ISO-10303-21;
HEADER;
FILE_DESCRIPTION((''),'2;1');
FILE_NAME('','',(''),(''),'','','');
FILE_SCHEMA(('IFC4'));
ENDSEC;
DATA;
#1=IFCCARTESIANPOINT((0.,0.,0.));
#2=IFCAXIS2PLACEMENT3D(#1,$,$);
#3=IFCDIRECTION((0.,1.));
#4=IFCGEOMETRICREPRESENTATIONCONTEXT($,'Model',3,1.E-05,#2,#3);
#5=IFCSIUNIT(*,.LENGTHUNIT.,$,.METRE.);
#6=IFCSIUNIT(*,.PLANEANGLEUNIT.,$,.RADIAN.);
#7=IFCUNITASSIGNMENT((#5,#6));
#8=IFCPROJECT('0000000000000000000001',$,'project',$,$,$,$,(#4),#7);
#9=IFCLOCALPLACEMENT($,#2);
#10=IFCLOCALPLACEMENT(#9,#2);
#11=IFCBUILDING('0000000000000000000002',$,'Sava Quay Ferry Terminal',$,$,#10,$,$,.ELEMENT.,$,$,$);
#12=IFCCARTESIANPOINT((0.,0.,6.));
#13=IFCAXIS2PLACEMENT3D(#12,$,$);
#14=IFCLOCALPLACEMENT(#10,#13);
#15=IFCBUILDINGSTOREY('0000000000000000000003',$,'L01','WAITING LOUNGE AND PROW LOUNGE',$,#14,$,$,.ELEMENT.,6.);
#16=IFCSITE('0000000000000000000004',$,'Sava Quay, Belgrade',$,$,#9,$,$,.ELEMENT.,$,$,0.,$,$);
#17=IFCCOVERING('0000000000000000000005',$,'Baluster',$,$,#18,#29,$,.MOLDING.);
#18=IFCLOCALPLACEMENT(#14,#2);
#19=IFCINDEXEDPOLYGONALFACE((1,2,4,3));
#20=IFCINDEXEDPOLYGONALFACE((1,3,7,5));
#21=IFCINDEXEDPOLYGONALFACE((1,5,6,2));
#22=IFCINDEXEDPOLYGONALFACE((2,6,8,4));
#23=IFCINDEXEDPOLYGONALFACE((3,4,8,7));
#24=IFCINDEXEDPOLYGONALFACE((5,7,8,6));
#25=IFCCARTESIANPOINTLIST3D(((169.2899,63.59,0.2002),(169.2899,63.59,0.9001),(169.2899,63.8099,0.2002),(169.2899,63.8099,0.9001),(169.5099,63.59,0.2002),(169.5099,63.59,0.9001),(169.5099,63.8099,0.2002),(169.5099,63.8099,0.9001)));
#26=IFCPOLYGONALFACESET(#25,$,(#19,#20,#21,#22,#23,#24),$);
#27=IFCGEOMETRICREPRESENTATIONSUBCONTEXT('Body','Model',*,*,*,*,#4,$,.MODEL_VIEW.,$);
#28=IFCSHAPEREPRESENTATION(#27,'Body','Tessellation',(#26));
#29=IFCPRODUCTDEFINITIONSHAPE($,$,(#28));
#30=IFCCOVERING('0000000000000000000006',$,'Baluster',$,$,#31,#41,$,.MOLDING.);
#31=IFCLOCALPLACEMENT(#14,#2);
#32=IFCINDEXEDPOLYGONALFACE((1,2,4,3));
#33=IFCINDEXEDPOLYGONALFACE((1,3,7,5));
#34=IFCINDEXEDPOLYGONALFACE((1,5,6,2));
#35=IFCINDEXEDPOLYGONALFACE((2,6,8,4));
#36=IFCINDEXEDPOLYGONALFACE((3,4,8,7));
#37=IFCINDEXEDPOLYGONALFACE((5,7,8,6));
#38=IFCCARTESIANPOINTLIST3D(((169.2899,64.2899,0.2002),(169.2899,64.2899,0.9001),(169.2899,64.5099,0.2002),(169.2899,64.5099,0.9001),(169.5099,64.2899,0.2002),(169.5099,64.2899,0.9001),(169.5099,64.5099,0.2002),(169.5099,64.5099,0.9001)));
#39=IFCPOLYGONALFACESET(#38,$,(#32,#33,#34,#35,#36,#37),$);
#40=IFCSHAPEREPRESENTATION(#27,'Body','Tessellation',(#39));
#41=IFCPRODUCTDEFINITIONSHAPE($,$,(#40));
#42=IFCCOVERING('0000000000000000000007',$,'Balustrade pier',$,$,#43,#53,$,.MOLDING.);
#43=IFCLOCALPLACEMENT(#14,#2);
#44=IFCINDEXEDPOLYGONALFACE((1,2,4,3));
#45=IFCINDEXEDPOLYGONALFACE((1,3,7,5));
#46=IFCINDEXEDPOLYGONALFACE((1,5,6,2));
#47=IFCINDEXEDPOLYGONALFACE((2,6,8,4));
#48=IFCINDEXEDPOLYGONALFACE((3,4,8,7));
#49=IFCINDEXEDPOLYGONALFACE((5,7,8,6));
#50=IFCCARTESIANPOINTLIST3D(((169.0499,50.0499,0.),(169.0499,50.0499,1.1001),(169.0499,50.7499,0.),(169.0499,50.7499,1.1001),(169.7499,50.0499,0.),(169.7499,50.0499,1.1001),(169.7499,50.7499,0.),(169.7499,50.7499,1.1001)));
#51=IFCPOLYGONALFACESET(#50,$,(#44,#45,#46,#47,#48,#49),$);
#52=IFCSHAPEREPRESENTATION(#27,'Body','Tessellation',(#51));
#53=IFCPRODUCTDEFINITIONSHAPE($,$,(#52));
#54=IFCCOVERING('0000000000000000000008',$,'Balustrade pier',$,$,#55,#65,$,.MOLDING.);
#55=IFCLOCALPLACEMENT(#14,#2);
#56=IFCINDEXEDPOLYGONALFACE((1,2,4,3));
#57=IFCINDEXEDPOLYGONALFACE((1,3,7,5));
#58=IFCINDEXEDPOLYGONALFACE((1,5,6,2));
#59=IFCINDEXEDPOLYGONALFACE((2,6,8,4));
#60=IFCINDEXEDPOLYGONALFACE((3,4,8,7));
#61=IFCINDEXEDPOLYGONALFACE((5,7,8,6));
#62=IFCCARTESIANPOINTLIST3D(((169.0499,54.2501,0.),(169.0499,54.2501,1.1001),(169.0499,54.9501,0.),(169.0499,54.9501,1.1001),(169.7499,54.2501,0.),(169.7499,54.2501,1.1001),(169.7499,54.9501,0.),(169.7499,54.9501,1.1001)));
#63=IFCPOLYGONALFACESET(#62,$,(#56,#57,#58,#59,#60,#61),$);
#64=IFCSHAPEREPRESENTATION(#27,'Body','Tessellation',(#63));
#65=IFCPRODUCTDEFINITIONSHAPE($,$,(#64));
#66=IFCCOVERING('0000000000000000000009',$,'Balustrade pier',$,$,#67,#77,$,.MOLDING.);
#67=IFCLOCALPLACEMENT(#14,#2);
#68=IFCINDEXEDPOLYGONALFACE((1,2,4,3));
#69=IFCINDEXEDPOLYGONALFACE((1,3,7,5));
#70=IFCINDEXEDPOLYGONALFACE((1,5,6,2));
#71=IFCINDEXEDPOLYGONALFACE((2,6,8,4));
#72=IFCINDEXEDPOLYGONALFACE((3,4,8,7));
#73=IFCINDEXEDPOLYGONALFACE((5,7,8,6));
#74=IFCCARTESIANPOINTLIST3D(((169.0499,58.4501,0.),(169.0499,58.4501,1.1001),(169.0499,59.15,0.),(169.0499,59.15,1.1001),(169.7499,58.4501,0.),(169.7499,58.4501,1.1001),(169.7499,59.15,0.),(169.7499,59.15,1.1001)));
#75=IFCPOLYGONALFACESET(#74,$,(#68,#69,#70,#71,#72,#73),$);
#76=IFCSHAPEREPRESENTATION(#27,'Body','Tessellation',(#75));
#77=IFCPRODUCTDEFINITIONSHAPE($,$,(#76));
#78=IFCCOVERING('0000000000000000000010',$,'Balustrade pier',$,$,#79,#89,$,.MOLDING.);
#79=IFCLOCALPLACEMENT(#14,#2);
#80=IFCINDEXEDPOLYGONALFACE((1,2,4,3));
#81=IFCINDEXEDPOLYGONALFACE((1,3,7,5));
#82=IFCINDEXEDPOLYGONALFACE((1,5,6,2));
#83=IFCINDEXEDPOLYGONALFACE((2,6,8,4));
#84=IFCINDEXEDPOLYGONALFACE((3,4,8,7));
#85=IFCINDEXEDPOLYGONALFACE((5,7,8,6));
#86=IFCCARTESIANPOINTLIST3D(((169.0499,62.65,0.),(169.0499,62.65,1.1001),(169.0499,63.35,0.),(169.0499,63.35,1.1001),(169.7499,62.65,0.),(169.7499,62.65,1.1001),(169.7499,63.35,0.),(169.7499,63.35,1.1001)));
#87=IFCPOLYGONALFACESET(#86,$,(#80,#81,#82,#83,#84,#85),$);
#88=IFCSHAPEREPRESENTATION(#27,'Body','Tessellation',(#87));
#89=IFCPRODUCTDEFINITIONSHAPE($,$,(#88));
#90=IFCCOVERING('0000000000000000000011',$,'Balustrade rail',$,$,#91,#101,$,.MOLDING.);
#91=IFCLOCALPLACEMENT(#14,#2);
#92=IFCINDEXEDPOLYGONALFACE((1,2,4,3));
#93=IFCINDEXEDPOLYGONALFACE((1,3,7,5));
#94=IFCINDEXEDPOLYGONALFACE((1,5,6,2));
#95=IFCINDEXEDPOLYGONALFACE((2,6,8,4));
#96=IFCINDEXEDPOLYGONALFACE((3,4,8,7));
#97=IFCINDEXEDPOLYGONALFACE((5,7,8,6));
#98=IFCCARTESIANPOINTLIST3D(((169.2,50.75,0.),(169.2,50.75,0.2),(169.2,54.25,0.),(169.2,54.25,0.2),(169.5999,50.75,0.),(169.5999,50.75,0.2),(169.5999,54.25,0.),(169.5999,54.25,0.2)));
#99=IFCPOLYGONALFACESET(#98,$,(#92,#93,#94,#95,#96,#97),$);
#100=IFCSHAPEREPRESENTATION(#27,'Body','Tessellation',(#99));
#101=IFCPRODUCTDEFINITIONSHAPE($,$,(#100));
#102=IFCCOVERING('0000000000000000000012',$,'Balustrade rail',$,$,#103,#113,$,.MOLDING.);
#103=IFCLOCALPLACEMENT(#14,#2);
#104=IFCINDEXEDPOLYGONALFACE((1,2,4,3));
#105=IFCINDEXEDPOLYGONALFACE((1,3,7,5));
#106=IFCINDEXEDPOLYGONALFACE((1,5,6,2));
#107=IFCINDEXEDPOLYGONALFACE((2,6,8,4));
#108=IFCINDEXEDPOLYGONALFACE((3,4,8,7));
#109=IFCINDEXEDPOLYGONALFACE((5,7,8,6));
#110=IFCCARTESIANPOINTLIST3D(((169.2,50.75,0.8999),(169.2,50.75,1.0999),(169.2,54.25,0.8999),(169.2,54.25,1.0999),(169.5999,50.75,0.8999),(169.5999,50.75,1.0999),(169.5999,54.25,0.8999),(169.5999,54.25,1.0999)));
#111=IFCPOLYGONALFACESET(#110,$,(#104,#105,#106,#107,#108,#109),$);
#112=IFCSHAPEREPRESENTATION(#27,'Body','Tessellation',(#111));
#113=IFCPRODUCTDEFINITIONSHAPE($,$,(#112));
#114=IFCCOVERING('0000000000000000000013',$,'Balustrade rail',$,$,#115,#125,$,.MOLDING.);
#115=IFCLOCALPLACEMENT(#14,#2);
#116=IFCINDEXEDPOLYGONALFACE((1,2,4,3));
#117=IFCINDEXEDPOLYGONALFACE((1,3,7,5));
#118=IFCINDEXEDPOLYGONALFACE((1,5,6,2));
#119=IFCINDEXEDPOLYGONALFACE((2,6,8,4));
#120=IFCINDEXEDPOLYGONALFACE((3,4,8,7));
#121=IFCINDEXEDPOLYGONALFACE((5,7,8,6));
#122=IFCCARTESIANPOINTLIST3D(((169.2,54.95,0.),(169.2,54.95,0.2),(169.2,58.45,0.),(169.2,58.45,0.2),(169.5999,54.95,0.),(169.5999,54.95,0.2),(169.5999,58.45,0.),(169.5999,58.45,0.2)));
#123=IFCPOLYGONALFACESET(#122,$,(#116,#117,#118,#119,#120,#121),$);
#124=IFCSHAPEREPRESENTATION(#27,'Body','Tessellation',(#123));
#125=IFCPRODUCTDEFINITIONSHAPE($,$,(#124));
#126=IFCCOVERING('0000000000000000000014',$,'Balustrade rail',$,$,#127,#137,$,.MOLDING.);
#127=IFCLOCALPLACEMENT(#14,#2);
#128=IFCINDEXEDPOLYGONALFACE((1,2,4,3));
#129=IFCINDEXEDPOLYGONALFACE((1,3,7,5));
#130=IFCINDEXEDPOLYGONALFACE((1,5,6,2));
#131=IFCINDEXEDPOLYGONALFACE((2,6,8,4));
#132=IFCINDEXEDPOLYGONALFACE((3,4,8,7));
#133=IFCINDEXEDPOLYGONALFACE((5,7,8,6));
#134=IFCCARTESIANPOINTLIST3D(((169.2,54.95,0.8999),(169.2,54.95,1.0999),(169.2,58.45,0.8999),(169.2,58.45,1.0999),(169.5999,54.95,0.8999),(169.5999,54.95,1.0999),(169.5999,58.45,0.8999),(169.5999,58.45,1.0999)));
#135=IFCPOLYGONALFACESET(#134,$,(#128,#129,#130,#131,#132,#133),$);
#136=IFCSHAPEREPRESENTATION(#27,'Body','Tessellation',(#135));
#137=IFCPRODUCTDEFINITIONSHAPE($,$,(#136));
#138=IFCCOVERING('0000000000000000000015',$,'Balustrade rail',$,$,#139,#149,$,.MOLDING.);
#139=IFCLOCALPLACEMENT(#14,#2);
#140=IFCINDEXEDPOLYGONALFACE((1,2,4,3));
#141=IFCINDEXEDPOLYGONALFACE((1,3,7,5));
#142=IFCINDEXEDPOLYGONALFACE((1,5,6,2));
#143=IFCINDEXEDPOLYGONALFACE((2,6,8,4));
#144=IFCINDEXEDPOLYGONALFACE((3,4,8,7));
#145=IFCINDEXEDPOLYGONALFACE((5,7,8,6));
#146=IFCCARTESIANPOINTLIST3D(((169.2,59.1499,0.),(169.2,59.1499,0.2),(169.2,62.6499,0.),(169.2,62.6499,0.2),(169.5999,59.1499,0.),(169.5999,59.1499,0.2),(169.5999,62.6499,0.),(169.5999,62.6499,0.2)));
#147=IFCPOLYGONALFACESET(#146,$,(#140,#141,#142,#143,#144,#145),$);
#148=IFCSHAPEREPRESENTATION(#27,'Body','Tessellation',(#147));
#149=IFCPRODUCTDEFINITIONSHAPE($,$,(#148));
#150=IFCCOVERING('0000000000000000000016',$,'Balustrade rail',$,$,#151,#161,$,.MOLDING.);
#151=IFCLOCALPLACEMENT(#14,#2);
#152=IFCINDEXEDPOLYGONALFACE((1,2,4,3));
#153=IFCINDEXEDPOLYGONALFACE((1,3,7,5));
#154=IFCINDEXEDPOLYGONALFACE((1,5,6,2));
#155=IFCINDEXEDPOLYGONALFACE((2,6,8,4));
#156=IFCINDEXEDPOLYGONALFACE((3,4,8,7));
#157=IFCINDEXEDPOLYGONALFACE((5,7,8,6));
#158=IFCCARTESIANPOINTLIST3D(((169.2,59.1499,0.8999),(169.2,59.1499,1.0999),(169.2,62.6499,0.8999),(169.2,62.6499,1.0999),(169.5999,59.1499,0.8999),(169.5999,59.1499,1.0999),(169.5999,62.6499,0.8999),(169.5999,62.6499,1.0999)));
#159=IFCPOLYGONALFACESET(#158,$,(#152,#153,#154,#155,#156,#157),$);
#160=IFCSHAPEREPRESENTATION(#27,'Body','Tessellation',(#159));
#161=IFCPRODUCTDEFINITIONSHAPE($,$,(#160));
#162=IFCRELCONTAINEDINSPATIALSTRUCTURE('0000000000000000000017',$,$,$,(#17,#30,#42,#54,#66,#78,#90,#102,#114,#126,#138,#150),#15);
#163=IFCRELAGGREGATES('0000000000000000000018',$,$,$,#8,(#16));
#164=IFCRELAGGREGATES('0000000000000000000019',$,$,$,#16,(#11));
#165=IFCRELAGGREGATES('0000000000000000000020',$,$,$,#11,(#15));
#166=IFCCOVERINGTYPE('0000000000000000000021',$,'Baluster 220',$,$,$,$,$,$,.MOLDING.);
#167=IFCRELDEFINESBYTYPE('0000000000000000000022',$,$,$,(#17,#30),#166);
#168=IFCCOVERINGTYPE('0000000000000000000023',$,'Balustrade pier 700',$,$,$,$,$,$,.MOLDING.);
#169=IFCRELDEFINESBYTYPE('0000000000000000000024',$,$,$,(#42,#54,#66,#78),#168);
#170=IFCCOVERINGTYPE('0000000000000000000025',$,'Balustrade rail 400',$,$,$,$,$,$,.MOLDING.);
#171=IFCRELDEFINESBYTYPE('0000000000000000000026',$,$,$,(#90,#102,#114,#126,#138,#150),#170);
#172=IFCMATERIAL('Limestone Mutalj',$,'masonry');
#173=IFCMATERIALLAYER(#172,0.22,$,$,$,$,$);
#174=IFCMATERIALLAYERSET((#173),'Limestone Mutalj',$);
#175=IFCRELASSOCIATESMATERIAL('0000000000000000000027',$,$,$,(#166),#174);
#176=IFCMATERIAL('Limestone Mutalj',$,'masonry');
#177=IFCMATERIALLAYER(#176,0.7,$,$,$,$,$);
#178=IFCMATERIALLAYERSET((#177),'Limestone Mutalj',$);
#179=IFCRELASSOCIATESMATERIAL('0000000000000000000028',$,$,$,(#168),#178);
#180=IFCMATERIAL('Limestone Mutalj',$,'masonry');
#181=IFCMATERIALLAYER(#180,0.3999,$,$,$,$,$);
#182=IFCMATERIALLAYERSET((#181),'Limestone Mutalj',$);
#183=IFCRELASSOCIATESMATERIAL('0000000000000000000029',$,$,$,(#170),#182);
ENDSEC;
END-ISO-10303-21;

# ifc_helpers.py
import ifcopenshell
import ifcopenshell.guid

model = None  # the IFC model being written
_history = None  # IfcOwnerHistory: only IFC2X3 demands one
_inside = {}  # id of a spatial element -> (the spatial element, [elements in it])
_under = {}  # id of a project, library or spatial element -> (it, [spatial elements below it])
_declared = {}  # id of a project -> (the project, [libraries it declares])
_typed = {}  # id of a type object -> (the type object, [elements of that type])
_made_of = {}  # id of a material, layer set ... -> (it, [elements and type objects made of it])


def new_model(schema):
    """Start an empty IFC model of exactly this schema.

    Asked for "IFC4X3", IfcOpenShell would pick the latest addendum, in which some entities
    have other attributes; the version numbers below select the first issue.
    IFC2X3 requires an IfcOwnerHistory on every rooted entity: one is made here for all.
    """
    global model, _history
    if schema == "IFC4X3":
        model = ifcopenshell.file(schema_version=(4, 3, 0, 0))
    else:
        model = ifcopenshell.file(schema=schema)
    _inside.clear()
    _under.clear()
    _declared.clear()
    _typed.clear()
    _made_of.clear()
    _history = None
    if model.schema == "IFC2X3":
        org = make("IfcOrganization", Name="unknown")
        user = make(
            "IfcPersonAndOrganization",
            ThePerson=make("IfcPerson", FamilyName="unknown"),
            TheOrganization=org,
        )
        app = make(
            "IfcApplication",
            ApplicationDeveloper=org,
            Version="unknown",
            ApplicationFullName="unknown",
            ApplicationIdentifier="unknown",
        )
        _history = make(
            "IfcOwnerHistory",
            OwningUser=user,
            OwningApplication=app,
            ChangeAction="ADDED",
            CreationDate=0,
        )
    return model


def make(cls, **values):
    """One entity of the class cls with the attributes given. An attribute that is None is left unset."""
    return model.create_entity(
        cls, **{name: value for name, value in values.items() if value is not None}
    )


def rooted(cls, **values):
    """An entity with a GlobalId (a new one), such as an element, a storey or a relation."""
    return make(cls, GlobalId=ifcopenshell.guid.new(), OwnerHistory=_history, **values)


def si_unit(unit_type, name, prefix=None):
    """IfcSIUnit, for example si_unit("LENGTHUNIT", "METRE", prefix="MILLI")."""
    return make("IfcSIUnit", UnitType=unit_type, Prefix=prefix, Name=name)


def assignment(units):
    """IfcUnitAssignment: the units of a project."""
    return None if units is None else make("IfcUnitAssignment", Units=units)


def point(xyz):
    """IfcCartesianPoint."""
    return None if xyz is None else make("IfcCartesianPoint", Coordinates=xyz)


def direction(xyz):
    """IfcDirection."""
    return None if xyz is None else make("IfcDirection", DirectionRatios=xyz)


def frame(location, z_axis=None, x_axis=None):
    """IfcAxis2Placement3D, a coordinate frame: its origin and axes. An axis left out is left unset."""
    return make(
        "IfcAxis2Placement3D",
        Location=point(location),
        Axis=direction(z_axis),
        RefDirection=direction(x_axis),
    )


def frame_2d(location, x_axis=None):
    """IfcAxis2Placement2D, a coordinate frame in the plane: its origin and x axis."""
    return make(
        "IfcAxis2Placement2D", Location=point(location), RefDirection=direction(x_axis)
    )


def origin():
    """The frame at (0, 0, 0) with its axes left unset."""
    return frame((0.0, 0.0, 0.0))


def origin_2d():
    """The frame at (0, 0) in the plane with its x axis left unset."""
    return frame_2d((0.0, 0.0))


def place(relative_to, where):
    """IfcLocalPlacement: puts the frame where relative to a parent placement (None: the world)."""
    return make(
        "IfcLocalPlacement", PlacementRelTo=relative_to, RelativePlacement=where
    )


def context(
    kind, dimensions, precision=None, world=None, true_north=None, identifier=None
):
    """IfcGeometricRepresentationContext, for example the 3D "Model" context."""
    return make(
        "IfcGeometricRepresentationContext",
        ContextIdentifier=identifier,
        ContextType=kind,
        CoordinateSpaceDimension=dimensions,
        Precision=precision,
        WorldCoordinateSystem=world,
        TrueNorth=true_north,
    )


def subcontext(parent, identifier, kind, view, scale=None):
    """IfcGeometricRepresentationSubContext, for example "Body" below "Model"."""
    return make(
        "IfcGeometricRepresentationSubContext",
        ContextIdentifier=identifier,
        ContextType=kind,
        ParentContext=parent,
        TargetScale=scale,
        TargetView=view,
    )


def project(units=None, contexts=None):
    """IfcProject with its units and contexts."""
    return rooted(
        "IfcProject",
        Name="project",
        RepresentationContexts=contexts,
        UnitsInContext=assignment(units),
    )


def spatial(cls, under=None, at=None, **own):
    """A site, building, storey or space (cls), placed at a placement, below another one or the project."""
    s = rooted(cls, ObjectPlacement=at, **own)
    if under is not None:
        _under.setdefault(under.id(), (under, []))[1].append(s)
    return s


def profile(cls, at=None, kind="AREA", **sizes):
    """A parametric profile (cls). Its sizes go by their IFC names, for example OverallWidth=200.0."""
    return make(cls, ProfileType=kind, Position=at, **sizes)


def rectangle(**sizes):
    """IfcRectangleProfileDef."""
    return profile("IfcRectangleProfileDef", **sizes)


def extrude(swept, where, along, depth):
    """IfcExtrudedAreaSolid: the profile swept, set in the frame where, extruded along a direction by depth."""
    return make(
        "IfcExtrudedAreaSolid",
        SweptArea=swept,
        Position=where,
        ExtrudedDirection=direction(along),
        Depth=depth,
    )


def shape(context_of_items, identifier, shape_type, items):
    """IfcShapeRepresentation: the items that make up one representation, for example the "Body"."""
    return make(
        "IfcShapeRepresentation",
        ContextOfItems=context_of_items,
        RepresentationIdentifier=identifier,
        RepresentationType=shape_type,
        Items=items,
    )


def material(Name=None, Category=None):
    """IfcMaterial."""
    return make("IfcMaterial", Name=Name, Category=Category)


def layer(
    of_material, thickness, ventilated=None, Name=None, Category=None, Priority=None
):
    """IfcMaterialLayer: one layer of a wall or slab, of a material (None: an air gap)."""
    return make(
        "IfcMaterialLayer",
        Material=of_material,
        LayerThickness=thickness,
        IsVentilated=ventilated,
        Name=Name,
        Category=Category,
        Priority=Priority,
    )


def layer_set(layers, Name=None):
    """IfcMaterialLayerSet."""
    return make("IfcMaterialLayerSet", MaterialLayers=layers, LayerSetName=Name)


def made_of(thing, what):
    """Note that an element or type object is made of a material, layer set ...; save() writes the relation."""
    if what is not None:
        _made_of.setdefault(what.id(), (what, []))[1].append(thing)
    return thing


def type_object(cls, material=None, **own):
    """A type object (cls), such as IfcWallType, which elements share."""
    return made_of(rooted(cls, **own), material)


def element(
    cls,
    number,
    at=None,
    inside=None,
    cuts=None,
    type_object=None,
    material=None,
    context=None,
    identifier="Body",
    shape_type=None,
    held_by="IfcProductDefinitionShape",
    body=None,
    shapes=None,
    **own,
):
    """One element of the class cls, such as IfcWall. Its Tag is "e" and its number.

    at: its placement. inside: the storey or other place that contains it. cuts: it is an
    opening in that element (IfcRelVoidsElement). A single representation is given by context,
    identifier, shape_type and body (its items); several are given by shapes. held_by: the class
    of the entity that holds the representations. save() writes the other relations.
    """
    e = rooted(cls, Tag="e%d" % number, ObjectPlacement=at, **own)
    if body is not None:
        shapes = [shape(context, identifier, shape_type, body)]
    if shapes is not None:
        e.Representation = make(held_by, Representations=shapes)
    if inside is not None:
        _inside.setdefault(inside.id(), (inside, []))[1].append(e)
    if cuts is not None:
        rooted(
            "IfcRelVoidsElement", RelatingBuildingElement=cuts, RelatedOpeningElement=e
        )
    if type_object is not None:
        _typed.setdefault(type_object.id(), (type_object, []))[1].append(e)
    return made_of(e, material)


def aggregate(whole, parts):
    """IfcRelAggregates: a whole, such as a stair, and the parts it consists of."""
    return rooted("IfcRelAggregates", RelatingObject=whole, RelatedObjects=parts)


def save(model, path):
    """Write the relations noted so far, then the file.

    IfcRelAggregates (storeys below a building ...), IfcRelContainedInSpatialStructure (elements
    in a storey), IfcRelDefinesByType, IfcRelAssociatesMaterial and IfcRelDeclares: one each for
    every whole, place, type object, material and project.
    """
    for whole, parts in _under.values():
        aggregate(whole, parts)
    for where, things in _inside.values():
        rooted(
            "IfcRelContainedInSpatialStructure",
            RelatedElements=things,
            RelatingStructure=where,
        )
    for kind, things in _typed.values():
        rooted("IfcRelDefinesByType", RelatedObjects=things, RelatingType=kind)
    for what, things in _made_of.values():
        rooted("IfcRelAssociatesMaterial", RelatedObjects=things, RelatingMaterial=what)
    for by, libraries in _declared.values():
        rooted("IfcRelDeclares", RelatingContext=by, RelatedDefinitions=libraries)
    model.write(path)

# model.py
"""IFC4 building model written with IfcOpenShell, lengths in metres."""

from ifc_helpers import new_model, si_unit, direction, frame, origin, origin_2d, place, context, subcontext, project, spatial, rectangle, extrude, material, layer, layer_set, type_object, element, save


model = new_model("IFC4")

# Units and contexts
model_context = context("Model", 3, precision=1e-05, world=origin(), true_north=direction((0.0, 1.0)))
body_context = subcontext(model_context, "Body", "Model", "MODEL_VIEW")
ifc_project = project(units=[si_unit("LENGTHUNIT", "METRE"), si_unit("PLANEANGLEUNIT", "RADIAN")], contexts=[model_context])

# Site, building, storey
site_placement = place(None, origin())
site = spatial("IfcSite", under=ifc_project, at=site_placement, Name="Sava Quay, Belgrade", CompositionType="ELEMENT", RefElevation=0.0)
building_placement = place(site_placement, origin())
building = spatial("IfcBuilding", under=site, at=building_placement, Name="Sava Quay Ferry Terminal", CompositionType="ELEMENT")
storey_placement = place(building_placement, frame((0.0, 0.0, 6.0)))
storey = spatial("IfcBuildingStorey", under=building, at=storey_placement, Name="L01", Description="WAITING LOUNGE AND PROW LOUNGE", CompositionType="ELEMENT", Elevation=6.0)

# Coverings
ifc_material_1 = material(Name="Limestone Mutalj", Category="masonry")
ifc_layer_1 = layer(ifc_material_1, 0.22)
ifc_layer_set_1 = layer_set([ifc_layer_1], Name="Limestone Mutalj")
covering_type_1 = type_object("IfcCoveringType", Name="Baluster 220", PredefinedType="MOLDING", material=ifc_layer_set_1)
for number, where, z_axis, x_axis, name in (
    (1, (169.3999, 63.7, 0.2002), (0.0, 0.0, 1.0), (1.0, 0.0, 0.0), "Baluster"),
    (2, (169.3999, 64.3999, 0.2002), (0.0, 0.0, 1.0), (1.0, 0.0, 0.0), "Baluster"),
):
    element("IfcCovering", number, at=place(storey_placement, frame(where, z_axis=z_axis, x_axis=x_axis)), inside=storey, type_object=covering_type_1, Name=name, PredefinedType="MOLDING", context=body_context, shape_type="SweptSolid", body=[
        extrude(rectangle(XDim=0.22, YDim=0.22, at=origin_2d()), origin(), (0.0, 0.0, 1.0), 0.7),
    ])
ifc_material_2 = material(Name="Limestone Mutalj", Category="masonry")
ifc_layer_2 = layer(ifc_material_2, 0.7)
ifc_layer_set_2 = layer_set([ifc_layer_2], Name="Limestone Mutalj")
covering_type_2 = type_object("IfcCoveringType", Name="Balustrade pier 700", PredefinedType="MOLDING", material=ifc_layer_set_2)
for number, where, z_axis, x_axis, name in (
    (3, (169.3999, 50.3999, 0.0), (0.0, 0.0, 1.0), (1.0, 0.0, 0.0), "Balustrade pier"),
    (4, (169.3999, 54.6001, 0.0), (0.0, 0.0, 1.0), (1.0, 0.0, 0.0), "Balustrade pier"),
    (5, (169.3999, 58.8, 0.0), (0.0, 0.0, 1.0), (1.0, 0.0, 0.0), "Balustrade pier"),
    (6, (169.3999, 63.0, 0.0), (0.0, 0.0, 1.0), (1.0, 0.0, 0.0), "Balustrade pier"),
):
    element("IfcCovering", number, at=place(storey_placement, frame(where, z_axis=z_axis, x_axis=x_axis)), inside=storey, type_object=covering_type_2, Name=name, PredefinedType="MOLDING", context=body_context, shape_type="SweptSolid", body=[
        extrude(rectangle(XDim=0.7, YDim=0.7, at=origin_2d()), origin(), (0.0, 0.0, 1.0), 1.1001),
    ])
ifc_material_3 = material(Name="Limestone Mutalj", Category="masonry")
ifc_layer_3 = layer(ifc_material_3, 0.3999)
ifc_layer_set_3 = layer_set([ifc_layer_3], Name="Limestone Mutalj")
covering_type_3 = type_object("IfcCoveringType", Name="Balustrade rail 400", PredefinedType="MOLDING", material=ifc_layer_set_3)
for number, where, z_axis, x_axis, name in (
    (7, (169.3999, 52.5, 0.0), (0.0, 0.0, 1.0), (1.0, 0.0, 0.0), "Balustrade rail"),
    (8, (169.3999, 52.5, 0.8999), (0.0, 0.0, 1.0), (1.0, 0.0, 0.0), "Balustrade rail"),
    (9, (169.3999, 56.7, 0.0), (0.0, 0.0, 1.0), (1.0, 0.0, 0.0), "Balustrade rail"),
    (10, (169.3999, 56.7, 0.8999), (0.0, 0.0, 1.0), (1.0, 0.0, 0.0), "Balustrade rail"),
    (11, (169.3999, 60.8999, 0.0), (0.0, 0.0, 1.0), (1.0, 0.0, 0.0), "Balustrade rail"),
    (12, (169.3999, 60.8999, 0.8999), (0.0, 0.0, 1.0), (1.0, 0.0, 0.0), "Balustrade rail"),
):
    element("IfcCovering", number, at=place(storey_placement, frame(where, z_axis=z_axis, x_axis=x_axis)), inside=storey, type_object=covering_type_3, Name=name, PredefinedType="MOLDING", context=body_context, shape_type="SweptSolid", body=[
        extrude(rectangle(XDim=0.3999, YDim=3.5, at=origin_2d()), origin(), (0.0, 0.0, 1.0), 0.2),
    ])

save(model, "model.ifc")
